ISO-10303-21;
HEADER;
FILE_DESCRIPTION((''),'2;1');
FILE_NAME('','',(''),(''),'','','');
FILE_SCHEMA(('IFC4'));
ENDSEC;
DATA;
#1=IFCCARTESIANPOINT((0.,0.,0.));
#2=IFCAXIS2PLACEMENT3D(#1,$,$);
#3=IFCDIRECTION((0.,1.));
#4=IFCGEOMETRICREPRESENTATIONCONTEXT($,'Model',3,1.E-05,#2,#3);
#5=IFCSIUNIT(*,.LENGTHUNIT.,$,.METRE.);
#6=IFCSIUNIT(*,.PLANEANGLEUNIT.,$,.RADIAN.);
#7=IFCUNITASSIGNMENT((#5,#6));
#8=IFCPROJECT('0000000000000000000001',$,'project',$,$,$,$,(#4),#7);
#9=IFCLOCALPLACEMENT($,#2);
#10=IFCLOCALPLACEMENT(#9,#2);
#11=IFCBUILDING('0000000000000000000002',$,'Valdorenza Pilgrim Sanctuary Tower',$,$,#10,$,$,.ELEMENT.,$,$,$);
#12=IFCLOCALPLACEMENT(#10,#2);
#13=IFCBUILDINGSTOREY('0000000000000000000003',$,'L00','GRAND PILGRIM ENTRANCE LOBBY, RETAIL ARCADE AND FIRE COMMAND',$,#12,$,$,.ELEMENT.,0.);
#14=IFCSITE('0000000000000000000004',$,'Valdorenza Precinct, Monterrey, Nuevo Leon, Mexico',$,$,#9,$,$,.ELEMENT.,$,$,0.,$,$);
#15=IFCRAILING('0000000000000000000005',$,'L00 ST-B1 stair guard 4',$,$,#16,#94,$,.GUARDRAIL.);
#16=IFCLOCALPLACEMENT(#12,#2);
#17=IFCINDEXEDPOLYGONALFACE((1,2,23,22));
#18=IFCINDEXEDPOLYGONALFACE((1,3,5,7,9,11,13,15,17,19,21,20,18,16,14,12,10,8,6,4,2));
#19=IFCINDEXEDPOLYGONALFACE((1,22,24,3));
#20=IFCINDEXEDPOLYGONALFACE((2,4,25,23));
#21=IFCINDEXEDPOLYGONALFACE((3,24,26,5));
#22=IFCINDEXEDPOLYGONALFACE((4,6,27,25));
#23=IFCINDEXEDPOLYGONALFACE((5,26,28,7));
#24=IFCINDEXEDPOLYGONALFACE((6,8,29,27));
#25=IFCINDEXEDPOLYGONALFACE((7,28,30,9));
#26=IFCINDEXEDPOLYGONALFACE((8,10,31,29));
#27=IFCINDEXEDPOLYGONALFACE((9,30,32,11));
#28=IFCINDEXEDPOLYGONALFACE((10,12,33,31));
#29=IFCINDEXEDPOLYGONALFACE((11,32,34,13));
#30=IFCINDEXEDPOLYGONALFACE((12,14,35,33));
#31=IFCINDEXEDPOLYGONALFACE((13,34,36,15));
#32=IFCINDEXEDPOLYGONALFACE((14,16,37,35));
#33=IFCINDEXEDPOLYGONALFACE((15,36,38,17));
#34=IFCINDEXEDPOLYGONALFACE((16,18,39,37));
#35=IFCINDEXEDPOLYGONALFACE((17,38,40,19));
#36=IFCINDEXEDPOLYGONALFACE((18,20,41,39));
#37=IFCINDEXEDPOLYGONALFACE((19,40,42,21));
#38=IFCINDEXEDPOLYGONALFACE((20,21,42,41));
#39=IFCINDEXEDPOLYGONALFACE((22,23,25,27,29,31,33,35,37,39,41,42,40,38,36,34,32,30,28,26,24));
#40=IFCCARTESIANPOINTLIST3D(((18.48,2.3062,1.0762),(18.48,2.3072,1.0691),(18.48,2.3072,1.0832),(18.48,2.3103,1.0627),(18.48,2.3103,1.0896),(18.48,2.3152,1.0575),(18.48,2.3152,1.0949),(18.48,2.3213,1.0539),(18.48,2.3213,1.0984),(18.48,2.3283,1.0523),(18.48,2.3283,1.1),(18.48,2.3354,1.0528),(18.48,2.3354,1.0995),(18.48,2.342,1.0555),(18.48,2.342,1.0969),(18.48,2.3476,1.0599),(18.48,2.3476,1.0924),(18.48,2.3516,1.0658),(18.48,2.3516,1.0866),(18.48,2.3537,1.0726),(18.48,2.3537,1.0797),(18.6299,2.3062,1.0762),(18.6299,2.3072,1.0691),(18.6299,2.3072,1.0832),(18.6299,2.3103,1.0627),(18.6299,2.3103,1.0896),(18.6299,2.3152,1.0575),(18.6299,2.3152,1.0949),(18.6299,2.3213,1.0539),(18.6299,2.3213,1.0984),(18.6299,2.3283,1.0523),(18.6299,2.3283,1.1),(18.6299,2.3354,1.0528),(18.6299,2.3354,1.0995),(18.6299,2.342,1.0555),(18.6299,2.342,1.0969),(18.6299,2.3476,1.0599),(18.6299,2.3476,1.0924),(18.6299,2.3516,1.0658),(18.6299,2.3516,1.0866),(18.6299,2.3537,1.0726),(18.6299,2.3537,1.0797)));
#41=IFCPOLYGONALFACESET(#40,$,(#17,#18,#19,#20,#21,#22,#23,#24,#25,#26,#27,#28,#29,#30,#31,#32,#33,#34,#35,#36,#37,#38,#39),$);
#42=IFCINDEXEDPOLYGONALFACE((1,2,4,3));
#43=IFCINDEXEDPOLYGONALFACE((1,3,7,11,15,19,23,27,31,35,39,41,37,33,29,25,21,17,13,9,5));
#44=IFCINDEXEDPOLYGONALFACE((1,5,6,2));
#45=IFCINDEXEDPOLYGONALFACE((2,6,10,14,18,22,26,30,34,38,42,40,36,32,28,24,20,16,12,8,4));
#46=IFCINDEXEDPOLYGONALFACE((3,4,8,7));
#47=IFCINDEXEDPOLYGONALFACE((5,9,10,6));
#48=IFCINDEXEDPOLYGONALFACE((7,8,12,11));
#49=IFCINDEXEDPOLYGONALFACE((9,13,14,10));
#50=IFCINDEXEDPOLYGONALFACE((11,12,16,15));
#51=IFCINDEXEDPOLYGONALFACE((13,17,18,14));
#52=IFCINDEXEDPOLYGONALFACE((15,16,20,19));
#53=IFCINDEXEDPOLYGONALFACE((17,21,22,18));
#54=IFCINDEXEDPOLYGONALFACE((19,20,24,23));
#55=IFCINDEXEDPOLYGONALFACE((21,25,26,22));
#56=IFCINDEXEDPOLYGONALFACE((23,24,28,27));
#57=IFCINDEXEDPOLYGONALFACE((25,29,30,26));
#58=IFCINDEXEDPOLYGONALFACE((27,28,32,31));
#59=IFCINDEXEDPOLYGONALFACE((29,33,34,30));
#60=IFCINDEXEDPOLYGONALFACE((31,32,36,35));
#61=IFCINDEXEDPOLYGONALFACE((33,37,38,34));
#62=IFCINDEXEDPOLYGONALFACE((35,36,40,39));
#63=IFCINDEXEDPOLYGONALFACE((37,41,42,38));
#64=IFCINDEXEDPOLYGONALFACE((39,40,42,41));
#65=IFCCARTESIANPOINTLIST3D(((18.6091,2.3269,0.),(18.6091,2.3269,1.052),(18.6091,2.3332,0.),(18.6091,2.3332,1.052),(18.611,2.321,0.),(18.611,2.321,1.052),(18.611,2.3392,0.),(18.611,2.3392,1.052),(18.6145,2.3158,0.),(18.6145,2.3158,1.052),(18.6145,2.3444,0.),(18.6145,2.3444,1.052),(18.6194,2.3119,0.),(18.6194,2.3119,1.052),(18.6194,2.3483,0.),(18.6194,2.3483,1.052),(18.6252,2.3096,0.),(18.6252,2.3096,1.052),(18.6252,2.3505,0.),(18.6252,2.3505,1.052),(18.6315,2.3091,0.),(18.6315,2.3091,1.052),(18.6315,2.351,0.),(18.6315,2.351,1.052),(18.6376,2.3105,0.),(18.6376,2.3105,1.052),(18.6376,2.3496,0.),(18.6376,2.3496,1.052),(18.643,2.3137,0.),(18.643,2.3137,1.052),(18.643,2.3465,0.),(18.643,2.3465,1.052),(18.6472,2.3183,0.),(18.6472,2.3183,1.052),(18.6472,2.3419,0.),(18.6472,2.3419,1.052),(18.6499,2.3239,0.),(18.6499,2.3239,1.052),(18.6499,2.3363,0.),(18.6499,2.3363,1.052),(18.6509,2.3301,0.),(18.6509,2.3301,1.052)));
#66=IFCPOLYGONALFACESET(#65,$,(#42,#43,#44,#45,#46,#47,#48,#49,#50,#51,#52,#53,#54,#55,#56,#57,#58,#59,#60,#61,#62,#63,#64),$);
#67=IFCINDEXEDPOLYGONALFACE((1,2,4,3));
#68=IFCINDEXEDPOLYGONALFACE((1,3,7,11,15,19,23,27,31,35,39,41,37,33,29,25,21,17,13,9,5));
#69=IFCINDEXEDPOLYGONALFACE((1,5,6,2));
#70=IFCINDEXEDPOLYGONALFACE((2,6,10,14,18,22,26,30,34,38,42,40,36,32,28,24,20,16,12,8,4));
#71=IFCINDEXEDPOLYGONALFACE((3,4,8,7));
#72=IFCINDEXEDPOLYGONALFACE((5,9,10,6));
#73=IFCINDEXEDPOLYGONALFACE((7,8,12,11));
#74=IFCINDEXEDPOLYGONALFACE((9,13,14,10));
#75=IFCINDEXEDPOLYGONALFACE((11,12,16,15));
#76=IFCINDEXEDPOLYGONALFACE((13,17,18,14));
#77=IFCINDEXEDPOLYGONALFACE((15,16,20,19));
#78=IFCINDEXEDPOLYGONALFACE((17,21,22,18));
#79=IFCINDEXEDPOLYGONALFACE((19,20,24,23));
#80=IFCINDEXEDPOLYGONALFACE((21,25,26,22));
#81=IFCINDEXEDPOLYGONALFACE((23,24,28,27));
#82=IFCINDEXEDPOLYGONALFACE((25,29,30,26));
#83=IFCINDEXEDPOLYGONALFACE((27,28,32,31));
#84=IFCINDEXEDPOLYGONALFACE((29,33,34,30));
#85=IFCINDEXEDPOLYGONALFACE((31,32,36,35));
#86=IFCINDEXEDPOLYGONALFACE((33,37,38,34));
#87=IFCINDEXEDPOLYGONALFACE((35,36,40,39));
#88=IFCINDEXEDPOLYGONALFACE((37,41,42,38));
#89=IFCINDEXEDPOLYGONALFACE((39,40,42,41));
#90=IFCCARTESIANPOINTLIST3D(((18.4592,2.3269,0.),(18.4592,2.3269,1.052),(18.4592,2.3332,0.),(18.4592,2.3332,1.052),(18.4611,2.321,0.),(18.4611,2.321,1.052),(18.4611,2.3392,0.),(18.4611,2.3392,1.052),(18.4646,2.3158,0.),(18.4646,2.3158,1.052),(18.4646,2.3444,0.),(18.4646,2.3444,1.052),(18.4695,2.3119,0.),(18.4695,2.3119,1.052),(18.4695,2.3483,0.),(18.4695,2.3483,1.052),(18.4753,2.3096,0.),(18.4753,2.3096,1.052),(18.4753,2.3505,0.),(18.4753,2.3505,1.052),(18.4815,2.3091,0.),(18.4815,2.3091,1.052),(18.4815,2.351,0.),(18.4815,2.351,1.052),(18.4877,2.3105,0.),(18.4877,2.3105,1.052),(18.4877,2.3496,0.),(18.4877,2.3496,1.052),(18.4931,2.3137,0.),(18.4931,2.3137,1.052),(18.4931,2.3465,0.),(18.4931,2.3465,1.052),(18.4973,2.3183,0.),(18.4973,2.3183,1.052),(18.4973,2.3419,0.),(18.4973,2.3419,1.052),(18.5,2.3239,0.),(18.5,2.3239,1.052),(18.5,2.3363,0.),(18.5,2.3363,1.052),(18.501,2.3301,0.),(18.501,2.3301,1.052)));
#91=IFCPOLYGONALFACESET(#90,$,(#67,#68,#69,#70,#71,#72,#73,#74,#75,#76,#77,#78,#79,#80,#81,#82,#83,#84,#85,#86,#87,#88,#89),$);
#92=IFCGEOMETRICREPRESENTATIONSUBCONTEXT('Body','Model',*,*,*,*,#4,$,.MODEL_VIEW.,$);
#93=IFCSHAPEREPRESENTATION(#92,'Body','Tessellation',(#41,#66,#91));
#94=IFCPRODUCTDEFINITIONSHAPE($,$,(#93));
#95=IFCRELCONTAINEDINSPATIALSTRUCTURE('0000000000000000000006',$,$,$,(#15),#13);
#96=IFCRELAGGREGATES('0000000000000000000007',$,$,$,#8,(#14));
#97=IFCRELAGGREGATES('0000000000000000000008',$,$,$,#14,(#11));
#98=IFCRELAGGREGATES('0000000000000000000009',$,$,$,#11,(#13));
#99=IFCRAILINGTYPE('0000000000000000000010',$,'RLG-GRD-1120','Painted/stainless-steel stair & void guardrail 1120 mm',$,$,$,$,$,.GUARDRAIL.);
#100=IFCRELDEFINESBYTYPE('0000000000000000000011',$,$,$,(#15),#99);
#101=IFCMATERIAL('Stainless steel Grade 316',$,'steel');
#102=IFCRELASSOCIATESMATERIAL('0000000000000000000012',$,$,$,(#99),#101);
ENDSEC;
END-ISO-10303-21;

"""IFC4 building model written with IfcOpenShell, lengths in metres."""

from ifc_helpers import new_model, si_unit, direction, frame, origin, origin_2d, place, context, subcontext, project, spatial, circle, extrude, material, type_object, element, save


model = new_model("IFC4")

# Units and contexts
model_context = context("Model", 3, precision=1e-05, world=origin(), true_north=direction((0.0, 1.0)))
body_context = subcontext(model_context, "Body", "Model", "MODEL_VIEW")
ifc_project = project(units=[si_unit("LENGTHUNIT", "METRE"), si_unit("PLANEANGLEUNIT", "RADIAN")], contexts=[model_context])

# Site, building, storey
site_placement = place(None, origin())
site = spatial("IfcSite", under=ifc_project, at=site_placement, Name="Valdorenza Precinct, Monterrey, Nuevo Leon, Mexico", CompositionType="ELEMENT", RefElevation=0.0)
building_placement = place(site_placement, origin())
building = spatial("IfcBuilding", under=site, at=building_placement, Name="Valdorenza Pilgrim Sanctuary Tower", CompositionType="ELEMENT")
storey_placement = place(building_placement, origin())
storey = spatial("IfcBuildingStorey", under=building, at=storey_placement, Name="L00", Description="GRAND PILGRIM ENTRANCE LOBBY, RETAIL ARCADE AND FIRE COMMAND", CompositionType="ELEMENT", Elevation=0.0)

# Railing
ifc_material_1 = material(Name="Stainless steel Grade 316", Category="steel")
railing_type_1 = type_object("IfcRailingType", Name="RLG-GRD-1120", Description="Painted/stainless-steel stair & void guardrail 1120 mm", PredefinedType="GUARDRAIL", material=ifc_material_1)
railing_1_placement = place(storey_placement, frame((18.6299, 2.3301, 0.0)))
element("IfcRailing", 1, at=railing_1_placement, inside=storey, type_object=railing_type_1, Name="L00 ST-B1 stair guard 4", PredefinedType="GUARDRAIL", context=body_context, shape_type="SweptSolid", body=[
    extrude(circle(Radius=0.0239, at=origin_2d()), frame((0.0, 0.0, 1.0762), z_axis=(-1.0, 0.0, 0.0), x_axis=(0.0, -1.0, 0.0)), (0.0, 0.0, 1.0), 0.1499),
    extrude(circle(Radius=0.021, at=origin_2d()), origin(), (0.0, 0.0, 1.0), 1.052),
    extrude(circle(Radius=0.021, at=origin_2d()), frame((-0.1499, 0.0, 0.0)), (0.0, 0.0, 1.0), 1.052),
])

save(model, "model.ifc")
